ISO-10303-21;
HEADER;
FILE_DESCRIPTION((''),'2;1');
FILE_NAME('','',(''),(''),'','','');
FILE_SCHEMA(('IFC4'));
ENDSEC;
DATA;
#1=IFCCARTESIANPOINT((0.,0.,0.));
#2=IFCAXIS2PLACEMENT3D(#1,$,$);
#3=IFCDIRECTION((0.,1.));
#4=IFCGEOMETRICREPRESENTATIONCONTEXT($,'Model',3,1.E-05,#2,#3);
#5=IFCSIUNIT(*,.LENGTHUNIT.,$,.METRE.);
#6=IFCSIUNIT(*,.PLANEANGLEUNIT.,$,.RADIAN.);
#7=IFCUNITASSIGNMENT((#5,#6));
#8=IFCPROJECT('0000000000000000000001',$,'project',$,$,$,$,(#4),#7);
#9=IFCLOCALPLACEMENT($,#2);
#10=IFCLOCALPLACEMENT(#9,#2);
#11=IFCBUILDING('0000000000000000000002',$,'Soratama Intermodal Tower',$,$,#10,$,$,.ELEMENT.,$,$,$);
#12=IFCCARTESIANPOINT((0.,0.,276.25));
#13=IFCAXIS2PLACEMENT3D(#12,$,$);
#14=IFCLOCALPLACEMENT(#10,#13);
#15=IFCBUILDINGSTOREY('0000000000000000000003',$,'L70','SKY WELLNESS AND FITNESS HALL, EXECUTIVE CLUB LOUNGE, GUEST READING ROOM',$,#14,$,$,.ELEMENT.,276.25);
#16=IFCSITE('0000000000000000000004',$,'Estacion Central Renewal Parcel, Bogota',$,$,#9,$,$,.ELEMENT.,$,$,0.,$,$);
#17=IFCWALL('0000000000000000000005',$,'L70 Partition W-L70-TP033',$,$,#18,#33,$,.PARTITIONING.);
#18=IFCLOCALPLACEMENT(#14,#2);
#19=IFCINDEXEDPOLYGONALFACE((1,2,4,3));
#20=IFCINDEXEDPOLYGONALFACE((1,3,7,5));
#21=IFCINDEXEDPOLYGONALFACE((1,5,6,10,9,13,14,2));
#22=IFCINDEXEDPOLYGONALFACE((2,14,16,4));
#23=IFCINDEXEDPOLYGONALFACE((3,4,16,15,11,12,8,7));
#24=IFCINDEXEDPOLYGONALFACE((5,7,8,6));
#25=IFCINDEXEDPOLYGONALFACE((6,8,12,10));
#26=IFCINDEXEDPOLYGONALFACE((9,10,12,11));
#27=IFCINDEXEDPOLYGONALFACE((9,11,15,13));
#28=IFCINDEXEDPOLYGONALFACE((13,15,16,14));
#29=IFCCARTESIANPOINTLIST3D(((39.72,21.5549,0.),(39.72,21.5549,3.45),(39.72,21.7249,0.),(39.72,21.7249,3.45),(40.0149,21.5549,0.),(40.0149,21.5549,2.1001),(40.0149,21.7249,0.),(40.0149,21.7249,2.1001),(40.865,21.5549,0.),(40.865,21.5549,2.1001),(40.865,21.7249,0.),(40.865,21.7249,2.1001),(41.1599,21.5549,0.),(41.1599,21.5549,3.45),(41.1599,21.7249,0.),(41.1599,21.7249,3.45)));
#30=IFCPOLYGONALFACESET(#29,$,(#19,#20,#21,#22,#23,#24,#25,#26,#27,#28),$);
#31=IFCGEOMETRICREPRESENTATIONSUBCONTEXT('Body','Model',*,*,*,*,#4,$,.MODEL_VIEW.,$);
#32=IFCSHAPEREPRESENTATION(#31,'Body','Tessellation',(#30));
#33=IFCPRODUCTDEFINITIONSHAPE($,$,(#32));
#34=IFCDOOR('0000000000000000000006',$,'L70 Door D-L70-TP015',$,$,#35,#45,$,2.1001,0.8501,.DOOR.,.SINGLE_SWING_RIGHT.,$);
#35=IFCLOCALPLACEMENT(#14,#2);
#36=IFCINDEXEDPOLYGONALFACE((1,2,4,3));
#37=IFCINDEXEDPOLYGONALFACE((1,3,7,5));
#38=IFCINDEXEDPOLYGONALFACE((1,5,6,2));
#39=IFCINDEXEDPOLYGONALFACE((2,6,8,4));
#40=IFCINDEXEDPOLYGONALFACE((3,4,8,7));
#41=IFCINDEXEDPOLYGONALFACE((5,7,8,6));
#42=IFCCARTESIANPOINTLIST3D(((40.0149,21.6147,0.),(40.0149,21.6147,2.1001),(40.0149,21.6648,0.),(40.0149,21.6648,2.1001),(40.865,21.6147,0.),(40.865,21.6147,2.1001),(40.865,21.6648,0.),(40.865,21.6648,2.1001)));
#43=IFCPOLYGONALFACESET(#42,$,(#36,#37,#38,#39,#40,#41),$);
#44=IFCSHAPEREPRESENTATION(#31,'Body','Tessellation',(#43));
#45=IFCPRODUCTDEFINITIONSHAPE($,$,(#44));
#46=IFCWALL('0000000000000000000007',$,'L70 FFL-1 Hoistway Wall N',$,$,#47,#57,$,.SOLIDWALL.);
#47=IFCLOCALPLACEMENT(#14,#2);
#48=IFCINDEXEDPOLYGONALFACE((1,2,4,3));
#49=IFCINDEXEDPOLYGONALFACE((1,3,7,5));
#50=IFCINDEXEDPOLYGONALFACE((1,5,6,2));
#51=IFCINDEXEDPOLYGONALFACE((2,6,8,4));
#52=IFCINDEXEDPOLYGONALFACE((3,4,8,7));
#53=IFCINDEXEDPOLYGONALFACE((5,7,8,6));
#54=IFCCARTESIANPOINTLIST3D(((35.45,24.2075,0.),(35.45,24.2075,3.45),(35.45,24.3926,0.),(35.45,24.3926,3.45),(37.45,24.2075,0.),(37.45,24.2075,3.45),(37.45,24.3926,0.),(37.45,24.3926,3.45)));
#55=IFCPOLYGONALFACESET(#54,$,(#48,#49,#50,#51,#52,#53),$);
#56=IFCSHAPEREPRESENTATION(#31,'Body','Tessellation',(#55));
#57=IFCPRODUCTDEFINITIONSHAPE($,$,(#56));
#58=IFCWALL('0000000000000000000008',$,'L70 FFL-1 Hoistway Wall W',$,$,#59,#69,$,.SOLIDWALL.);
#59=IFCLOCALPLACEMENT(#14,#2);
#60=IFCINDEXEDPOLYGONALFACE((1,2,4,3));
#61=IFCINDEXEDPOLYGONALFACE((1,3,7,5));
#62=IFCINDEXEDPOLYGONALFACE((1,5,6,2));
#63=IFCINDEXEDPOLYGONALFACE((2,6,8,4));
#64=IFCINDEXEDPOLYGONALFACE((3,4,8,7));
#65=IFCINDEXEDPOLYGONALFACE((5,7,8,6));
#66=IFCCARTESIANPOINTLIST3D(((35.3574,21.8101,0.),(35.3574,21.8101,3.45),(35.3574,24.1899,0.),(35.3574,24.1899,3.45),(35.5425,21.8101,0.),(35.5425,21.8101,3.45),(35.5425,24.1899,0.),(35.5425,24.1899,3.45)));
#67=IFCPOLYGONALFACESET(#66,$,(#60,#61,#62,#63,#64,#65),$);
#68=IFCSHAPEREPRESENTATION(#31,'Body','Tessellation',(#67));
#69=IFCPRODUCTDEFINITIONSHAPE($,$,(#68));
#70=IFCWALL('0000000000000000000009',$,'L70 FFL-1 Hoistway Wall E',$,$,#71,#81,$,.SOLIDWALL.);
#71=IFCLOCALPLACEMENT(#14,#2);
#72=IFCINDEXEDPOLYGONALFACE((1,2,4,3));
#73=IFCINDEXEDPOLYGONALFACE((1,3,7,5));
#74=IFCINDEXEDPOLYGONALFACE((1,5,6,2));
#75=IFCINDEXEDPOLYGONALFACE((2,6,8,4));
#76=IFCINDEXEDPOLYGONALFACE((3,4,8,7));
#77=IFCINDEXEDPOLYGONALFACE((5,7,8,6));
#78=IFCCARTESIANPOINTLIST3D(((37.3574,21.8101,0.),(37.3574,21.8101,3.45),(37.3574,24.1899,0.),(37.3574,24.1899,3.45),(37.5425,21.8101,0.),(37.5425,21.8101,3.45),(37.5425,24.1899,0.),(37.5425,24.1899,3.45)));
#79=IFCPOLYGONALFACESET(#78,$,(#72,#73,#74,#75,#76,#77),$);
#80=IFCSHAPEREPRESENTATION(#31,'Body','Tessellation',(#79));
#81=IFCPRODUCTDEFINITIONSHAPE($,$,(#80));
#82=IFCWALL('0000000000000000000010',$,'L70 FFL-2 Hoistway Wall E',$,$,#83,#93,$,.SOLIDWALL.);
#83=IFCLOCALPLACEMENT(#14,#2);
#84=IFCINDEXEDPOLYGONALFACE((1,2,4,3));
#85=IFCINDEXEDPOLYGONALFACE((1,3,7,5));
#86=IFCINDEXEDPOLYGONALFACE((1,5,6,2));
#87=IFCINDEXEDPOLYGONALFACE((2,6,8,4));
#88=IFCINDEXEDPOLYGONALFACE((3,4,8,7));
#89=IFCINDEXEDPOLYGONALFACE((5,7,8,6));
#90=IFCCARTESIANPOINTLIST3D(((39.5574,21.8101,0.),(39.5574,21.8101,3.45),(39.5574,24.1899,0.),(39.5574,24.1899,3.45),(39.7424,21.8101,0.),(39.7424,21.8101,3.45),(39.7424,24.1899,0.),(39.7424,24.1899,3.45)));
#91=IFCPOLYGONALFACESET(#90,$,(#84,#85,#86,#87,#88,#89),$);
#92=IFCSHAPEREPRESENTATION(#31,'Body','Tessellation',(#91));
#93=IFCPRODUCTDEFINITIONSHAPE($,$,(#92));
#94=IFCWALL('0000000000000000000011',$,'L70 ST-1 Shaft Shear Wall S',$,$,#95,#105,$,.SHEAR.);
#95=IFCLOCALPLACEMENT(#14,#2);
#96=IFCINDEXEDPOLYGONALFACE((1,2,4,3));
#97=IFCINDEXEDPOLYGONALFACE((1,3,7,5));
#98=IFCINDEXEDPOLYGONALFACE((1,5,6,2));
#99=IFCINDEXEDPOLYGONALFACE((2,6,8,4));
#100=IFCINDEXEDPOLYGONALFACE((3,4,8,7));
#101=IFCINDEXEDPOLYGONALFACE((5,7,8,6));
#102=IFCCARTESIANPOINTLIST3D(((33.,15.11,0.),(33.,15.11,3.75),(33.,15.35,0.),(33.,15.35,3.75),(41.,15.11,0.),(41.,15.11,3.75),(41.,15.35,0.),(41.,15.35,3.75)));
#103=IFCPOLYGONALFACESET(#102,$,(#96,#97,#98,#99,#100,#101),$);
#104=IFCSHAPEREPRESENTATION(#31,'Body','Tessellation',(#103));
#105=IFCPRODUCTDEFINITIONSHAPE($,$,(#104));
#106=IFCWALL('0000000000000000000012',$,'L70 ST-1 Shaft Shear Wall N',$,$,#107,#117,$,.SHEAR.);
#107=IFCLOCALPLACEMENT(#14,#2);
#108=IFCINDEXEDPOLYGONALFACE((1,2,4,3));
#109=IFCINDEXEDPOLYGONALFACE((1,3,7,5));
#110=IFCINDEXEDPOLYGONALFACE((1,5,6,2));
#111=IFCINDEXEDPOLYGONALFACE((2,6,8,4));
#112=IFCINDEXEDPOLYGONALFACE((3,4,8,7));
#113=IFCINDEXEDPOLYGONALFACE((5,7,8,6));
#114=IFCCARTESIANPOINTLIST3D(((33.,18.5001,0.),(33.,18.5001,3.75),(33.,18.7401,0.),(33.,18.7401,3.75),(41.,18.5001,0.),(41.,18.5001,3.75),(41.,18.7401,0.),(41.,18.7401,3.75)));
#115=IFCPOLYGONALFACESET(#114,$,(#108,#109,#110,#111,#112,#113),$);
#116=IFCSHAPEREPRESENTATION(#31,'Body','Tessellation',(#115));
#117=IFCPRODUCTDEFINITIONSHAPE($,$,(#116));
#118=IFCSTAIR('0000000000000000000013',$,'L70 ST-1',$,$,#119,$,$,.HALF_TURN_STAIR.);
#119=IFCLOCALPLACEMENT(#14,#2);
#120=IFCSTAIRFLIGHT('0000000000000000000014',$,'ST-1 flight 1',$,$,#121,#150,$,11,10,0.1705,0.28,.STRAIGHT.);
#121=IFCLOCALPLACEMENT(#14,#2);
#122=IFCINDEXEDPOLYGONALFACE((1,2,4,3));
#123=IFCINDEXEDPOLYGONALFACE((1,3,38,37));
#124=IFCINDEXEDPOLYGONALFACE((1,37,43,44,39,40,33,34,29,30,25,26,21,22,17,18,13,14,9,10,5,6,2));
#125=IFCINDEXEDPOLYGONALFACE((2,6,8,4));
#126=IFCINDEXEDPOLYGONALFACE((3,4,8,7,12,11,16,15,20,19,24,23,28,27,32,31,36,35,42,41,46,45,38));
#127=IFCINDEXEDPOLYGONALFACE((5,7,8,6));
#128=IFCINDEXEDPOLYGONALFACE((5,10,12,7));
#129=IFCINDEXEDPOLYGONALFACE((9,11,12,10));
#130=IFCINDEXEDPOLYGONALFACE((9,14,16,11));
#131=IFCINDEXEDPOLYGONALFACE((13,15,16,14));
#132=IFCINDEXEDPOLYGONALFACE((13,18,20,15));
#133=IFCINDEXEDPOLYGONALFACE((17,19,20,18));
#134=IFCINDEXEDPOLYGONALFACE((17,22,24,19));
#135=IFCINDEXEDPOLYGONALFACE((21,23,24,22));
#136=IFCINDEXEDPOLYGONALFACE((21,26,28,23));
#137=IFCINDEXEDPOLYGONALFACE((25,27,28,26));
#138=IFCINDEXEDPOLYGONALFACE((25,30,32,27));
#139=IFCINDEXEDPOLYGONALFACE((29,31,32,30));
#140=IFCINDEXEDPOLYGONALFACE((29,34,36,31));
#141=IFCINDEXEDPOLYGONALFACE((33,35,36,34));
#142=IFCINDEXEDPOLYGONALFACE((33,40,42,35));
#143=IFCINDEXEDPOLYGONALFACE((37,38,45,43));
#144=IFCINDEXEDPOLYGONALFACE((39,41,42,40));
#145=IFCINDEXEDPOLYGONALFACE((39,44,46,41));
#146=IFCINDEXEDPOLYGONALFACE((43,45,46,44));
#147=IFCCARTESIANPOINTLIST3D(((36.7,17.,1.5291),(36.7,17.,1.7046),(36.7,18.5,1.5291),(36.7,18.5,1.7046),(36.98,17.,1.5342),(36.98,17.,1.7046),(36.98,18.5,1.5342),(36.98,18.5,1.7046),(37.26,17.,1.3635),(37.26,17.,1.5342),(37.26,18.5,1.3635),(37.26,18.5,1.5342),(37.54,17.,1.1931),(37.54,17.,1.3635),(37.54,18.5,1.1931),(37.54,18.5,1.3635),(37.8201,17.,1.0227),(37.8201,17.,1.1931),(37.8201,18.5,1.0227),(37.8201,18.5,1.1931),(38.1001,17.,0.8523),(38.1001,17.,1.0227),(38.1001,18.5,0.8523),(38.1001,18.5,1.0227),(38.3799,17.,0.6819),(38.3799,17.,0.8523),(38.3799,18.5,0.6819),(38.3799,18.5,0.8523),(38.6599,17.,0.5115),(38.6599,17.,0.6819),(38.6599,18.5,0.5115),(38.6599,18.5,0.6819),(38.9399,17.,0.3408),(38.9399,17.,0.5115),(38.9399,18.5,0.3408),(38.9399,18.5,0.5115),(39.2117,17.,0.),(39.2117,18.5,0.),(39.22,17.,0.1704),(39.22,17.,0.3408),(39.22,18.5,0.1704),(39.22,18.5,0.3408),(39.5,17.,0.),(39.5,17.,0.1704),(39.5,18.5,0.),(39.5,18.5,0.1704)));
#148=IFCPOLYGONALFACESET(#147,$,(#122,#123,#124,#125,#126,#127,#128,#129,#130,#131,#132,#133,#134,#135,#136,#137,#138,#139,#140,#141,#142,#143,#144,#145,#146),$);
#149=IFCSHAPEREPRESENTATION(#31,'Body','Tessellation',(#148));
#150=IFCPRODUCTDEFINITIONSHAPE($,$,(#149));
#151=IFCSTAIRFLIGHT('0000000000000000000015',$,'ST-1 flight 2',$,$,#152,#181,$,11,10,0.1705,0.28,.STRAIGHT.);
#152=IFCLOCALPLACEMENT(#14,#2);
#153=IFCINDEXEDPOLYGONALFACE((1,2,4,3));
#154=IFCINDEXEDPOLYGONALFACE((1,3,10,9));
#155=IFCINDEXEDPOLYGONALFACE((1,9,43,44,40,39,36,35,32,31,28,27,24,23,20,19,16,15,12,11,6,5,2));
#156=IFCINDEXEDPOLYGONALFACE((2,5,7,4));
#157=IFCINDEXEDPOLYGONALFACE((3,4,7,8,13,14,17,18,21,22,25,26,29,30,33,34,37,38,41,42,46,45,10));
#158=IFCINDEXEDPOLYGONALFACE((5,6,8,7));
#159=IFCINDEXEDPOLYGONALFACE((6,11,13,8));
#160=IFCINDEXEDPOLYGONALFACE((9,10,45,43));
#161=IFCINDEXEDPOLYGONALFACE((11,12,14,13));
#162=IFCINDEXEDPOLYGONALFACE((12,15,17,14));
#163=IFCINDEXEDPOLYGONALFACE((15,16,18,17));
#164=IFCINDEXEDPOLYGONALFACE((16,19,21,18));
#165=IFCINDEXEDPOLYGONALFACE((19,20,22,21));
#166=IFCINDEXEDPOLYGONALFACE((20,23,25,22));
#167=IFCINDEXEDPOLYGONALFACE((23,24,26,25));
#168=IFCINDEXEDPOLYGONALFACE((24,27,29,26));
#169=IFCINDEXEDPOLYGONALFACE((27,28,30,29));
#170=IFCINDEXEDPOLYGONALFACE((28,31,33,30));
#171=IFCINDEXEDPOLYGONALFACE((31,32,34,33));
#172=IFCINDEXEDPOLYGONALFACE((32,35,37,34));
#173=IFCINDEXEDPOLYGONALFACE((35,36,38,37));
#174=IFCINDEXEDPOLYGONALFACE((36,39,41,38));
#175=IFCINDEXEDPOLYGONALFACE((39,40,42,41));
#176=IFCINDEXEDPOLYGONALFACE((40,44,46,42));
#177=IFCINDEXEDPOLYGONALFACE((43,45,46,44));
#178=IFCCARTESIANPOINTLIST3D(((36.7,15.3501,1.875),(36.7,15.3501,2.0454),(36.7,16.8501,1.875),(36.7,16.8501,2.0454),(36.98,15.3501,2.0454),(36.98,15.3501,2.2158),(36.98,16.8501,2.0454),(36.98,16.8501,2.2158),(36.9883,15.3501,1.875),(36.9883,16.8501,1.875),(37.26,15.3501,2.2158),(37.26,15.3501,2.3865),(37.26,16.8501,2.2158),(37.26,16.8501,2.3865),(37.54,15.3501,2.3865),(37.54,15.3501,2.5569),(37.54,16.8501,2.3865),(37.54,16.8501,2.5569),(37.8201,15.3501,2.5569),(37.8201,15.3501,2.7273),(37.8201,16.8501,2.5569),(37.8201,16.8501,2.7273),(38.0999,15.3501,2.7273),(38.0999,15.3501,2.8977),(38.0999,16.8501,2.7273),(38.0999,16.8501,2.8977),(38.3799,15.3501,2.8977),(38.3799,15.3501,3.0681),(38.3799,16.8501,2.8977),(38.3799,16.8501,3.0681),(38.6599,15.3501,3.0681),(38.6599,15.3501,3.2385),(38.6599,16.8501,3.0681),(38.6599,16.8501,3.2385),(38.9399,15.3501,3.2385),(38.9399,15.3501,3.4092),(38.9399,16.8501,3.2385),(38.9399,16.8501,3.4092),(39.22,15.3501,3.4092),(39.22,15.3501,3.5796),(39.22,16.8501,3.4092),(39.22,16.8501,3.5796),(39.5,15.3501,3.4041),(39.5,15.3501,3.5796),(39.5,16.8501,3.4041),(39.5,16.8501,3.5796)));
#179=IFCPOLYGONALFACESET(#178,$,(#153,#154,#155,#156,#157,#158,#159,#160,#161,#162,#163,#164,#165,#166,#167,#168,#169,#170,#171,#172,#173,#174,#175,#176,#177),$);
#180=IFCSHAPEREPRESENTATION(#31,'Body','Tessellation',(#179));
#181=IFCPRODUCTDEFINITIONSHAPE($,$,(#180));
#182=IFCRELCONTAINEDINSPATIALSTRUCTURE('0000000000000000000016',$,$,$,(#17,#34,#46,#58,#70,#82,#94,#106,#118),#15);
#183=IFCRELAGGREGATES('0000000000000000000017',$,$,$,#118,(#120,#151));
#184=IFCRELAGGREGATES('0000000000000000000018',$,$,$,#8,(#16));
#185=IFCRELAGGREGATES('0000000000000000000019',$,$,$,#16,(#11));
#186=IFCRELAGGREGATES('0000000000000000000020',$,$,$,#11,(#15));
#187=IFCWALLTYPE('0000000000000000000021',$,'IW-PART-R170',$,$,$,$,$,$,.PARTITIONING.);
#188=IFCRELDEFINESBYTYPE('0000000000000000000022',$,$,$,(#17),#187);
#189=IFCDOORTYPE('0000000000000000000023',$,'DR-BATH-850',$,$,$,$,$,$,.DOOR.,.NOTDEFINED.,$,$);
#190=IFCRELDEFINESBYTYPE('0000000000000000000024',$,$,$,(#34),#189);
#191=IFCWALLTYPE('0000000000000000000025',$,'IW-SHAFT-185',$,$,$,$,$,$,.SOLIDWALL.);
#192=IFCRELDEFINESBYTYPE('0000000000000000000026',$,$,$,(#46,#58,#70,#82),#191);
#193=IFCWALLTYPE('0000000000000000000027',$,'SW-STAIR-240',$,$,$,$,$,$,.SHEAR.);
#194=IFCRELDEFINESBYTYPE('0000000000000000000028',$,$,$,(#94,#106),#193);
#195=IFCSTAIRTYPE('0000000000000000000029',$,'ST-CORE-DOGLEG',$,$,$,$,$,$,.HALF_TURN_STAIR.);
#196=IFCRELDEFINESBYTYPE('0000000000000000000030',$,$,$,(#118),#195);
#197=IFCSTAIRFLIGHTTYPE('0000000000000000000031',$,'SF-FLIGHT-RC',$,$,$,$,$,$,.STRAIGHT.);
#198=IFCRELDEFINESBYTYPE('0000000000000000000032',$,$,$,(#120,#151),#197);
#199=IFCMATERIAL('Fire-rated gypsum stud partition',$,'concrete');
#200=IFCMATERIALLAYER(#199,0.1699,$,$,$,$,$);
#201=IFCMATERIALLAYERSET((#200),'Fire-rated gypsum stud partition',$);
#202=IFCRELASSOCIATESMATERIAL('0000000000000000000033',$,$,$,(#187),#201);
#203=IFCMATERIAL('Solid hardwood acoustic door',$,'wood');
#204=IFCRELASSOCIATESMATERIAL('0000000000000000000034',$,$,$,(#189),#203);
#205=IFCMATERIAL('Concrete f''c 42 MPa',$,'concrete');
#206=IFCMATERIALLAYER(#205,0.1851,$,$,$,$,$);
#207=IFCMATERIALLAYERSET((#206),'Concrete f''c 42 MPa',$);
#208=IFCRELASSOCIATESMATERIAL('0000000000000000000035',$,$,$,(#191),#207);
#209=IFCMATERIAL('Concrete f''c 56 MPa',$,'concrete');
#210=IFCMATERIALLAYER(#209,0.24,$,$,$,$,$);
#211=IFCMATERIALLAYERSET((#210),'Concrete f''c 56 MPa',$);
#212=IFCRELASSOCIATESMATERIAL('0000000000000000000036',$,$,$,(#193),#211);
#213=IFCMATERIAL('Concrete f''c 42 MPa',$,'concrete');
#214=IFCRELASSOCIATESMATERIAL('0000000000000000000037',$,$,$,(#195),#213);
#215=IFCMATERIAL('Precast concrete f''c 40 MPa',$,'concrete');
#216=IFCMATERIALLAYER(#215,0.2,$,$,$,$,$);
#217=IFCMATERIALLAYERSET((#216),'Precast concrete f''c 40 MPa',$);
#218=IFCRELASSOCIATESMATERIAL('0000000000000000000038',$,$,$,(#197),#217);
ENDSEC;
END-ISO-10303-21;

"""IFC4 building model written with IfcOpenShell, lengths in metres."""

from ifc_helpers import new_model, si_unit, direction, frame, frame_2d, origin, place, context, subcontext, project, spatial, polyline, rectangle, outline, extrude, material, layer, layer_set, type_object, element, fill, aggregate, save


model = new_model("IFC4")

# Units and contexts
model_context = context("Model", 3, precision=1e-05, world=origin(), true_north=direction((0.0, 1.0)))
body_context = subcontext(model_context, "Body", "Model", "MODEL_VIEW")
ifc_project = project(units=[si_unit("LENGTHUNIT", "METRE"), si_unit("PLANEANGLEUNIT", "RADIAN")], contexts=[model_context])

# Site, building, storey
site_placement = place(None, origin())
site = spatial("IfcSite", under=ifc_project, at=site_placement, Name="Estacion Central Renewal Parcel, Bogota", CompositionType="ELEMENT", RefElevation=0.0)
building_placement = place(site_placement, origin())
building = spatial("IfcBuilding", under=site, at=building_placement, Name="Soratama Intermodal Tower", CompositionType="ELEMENT")
storey_placement = place(building_placement, frame((0.0, 0.0, 276.25)))
storey = spatial("IfcBuildingStorey", under=building, at=storey_placement, Name="L70", Description="SKY WELLNESS AND FITNESS HALL, EXECUTIVE CLUB LOUNGE, GUEST READING ROOM", CompositionType="ELEMENT", Elevation=276.25)

# Wall, opening, door
ifc_material_1 = material(Name="Fire-rated gypsum stud partition", Category="concrete")
ifc_layer_1 = layer(ifc_material_1, 0.1699)
ifc_layer_set_1 = layer_set([ifc_layer_1], Name="Fire-rated gypsum stud partition")
wall_type_1 = type_object("IfcWallType", Name="IW-PART-R170", PredefinedType="PARTITIONING", material=ifc_layer_set_1)
wall_1_placement = place(storey_placement, frame((39.72, 21.6399, 0.0), z_axis=(0.0, 0.0, 1.0), x_axis=(1.0, 0.0, 0.0)))
wall_1 = element("IfcWall", 1, at=wall_1_placement, inside=storey, type_object=wall_type_1, Name="L70 Partition W-L70-TP033", PredefinedType="PARTITIONING", context=body_context, shape_type="SweptSolid", body=[
    extrude(rectangle(XDim=1.4399, YDim=0.1699, at=frame_2d((0.72, 0.0))), origin(), (0.0, 0.0, 1.0), 3.45),
])
opening_1_placement = place(wall_1_placement, frame((0.2949, 0.0, 0.0)))
opening_1 = element("IfcOpeningElement", 2, at=opening_1_placement, cuts=wall_1, PredefinedType="OPENING", context=body_context, shape_type="SweptSolid", body=[
    extrude(rectangle(XDim=0.8501, YDim=2.1001, at=frame_2d((0.425, 1.05))), frame((0.0, 0.095, 0.0), z_axis=(0.0, -1.0, 0.0), x_axis=(1.0, 0.0, 0.0)), (0.0, 0.0, 1.0), 0.1899),
])
ifc_material_2 = material(Name="Solid hardwood acoustic door", Category="wood")
door_type_1 = type_object("IfcDoorType", Name="DR-BATH-850", OperationType="NOTDEFINED", PredefinedType="DOOR", material=ifc_material_2)
door_1_placement = place(opening_1_placement, origin())
door_1 = element("IfcDoor", 3, at=door_1_placement, inside=storey, type_object=door_type_1, Name="L70 Door D-L70-TP015", OperationType="SINGLE_SWING_RIGHT", OverallHeight=2.1001, OverallWidth=0.8501, PredefinedType="DOOR", context=body_context, shape_type="SweptSolid", body=[
    extrude(rectangle(XDim=0.8501, YDim=2.1001, at=frame_2d((0.425, 1.05))), frame((0.0, 0.0249, 0.0), z_axis=(0.0, -1.0, 0.0), x_axis=(1.0, 0.0, 0.0)), (0.0, 0.0, 1.0), 0.05),
])
fill(opening_1, door_1)
ifc_material_3 = material(Name="Concrete f'c 42 MPa", Category="concrete")
ifc_layer_2 = layer(ifc_material_3, 0.1851)
ifc_layer_set_2 = layer_set([ifc_layer_2], Name="Concrete f'c 42 MPa")
wall_type_2 = type_object("IfcWallType", Name="IW-SHAFT-185", PredefinedType="SOLIDWALL", material=ifc_layer_set_2)

# Walls
wall_2_placement = place(storey_placement, frame((35.45, 24.3, 0.0), z_axis=(0.0, 0.0, 1.0), x_axis=(1.0, 0.0, 0.0)))
element("IfcWall", 4, at=wall_2_placement, inside=storey, type_object=wall_type_2, Name="L70 FFL-1 Hoistway Wall N", PredefinedType="SOLIDWALL", context=body_context, shape_type="SweptSolid", body=[
    extrude(rectangle(XDim=2.0, YDim=0.1851, at=frame_2d((1.0, 0.0))), origin(), (0.0, 0.0, 1.0), 3.45),
])
for number, where, z_axis, x_axis, name in (
    (5, (35.45, 21.8101, 0.0), (0.0, 0.0, 1.0), (0.0, 1.0, 0.0), "L70 FFL-1 Hoistway Wall W"),
    (6, (37.45, 21.8101, 0.0), (0.0, 0.0, 1.0), (0.0, 1.0, 0.0), "L70 FFL-1 Hoistway Wall E"),
):
    element("IfcWall", number, at=place(storey_placement, frame(where, z_axis=z_axis, x_axis=x_axis)), inside=storey, type_object=wall_type_2, Name=name, PredefinedType="SOLIDWALL", context=body_context, shape_type="SweptSolid", body=[
        extrude(rectangle(XDim=2.3799, YDim=0.1851, at=frame_2d((1.1899, 0.0))), origin(), (0.0, 0.0, 1.0), 3.45),
    ])

# Wall
wall_3_placement = place(storey_placement, frame((39.6499, 21.8101, 0.0), z_axis=(0.0, 0.0, 1.0), x_axis=(0.0, 1.0, 0.0)))
element("IfcWall", 7, at=wall_3_placement, inside=storey, type_object=wall_type_2, Name="L70 FFL-2 Hoistway Wall E", PredefinedType="SOLIDWALL", context=body_context, shape_type="SweptSolid", body=[
    extrude(rectangle(XDim=2.3799, YDim=0.1851, at=frame_2d((1.1899, 0.0))), origin(), (0.0, 0.0, 1.0), 3.45),
])

# Walls
ifc_material_4 = material(Name="Concrete f'c 56 MPa", Category="concrete")
ifc_layer_3 = layer(ifc_material_4, 0.24)
ifc_layer_set_3 = layer_set([ifc_layer_3], Name="Concrete f'c 56 MPa")
wall_type_3 = type_object("IfcWallType", Name="SW-STAIR-240", PredefinedType="SHEAR", material=ifc_layer_set_3)
for number, where, z_axis, x_axis, name in (
    (8, (33.0, 15.23, 0.0), (0.0, 0.0, 1.0), (1.0, 0.0, 0.0), "L70 ST-1 Shaft Shear Wall S"),
    (9, (33.0, 18.6201, 0.0), (0.0, 0.0, 1.0), (1.0, 0.0, 0.0), "L70 ST-1 Shaft Shear Wall N"),
):
    element("IfcWall", number, at=place(storey_placement, frame(where, z_axis=z_axis, x_axis=x_axis)), inside=storey, type_object=wall_type_3, Name=name, PredefinedType="SHEAR", context=body_context, shape_type="SweptSolid", body=[
        extrude(rectangle(XDim=8.0, YDim=0.24, at=frame_2d((4.0, 0.0))), origin(), (0.0, 0.0, 1.0), 3.75),
    ])

# Stair, stair flights
ifc_material_5 = material(Name="Concrete f'c 42 MPa", Category="concrete")
stair_type = type_object("IfcStairType", Name="ST-CORE-DOGLEG", PredefinedType="HALF_TURN_STAIR", material=ifc_material_5)
stair_placement = place(storey_placement, origin())
stair = element("IfcStair", 10, at=stair_placement, inside=storey, type_object=stair_type, Name="L70 ST-1", PredefinedType="HALF_TURN_STAIR")
ifc_material_6 = material(Name="Precast concrete f'c 40 MPa", Category="concrete")
ifc_layer_4 = layer(ifc_material_6, 0.2)
ifc_layer_set_4 = layer_set([ifc_layer_4], Name="Precast concrete f'c 40 MPa")
stair_flight_type = type_object("IfcStairFlightType", Name="SF-FLIGHT-RC", PredefinedType="STRAIGHT", material=ifc_layer_set_4)
stair_flight_1_placement = place(storey_placement, frame((39.5, 17.75, 0.0), z_axis=(0.0, 0.0, 1.0), x_axis=(-1.0, 0.0, 0.0)))
stair_flight_1 = element("IfcStairFlight", 11, at=stair_flight_1_placement, type_object=stair_flight_type, Name="ST-1 flight 1", NumberOfRisers=11, NumberOfTreads=10, PredefinedType="STRAIGHT", RiserHeight=0.1705, TreadLength=0.28, context=body_context, shape_type="SweptSolid", body=[
    extrude(outline(polyline([(0.0, 0.0), (0.0, 0.1704), (0.28, 0.1704), (0.28, 0.3408), (0.5601, 0.3408), (0.5601, 0.5115), (0.8401, 0.5115), (0.8401, 0.6819), (1.1201, 0.6819), (1.1201, 0.8523), (1.3999, 0.8523), (1.3999, 1.0227), (1.6799, 1.0227), (1.6799, 1.1931), (1.96, 1.1931), (1.96, 1.3635), (2.24, 1.3635), (2.24, 1.5342), (2.52, 1.5342), (2.52, 1.7046), (2.8, 1.7046), (2.8, 1.875), (2.8, 1.5291), (0.2883, 0.0), (0.0, 0.0)])), frame((0.0, 0.75, 0.0), z_axis=(0.0, -1.0, 0.0), x_axis=(1.0, 0.0, 0.0)), (0.0, 0.0, 1.0), 1.5),
])
stair_flight_2_placement = place(storey_placement, frame((36.7, 16.1001, 1.875), z_axis=(0.0, 0.0, 1.0), x_axis=(1.0, 0.0, 0.0)))
stair_flight_2 = element("IfcStairFlight", 12, at=stair_flight_2_placement, type_object=stair_flight_type, Name="ST-1 flight 2", NumberOfRisers=11, NumberOfTreads=10, PredefinedType="STRAIGHT", RiserHeight=0.1705, TreadLength=0.28, context=body_context, shape_type="SweptSolid", body=[
    extrude(outline(polyline([(0.0, 0.0), (0.0, 0.1704), (0.28, 0.1704), (0.28, 0.3408), (0.5601, 0.3408), (0.5601, 0.5115), (0.8401, 0.5115), (0.8401, 0.6819), (1.1201, 0.6819), (1.1201, 0.8523), (1.3999, 0.8523), (1.3999, 1.0227), (1.6799, 1.0227), (1.6799, 1.1931), (1.96, 1.1931), (1.96, 1.3635), (2.24, 1.3635), (2.24, 1.5342), (2.52, 1.5342), (2.52, 1.7046), (2.8, 1.7046), (2.8, 1.875), (2.8, 1.5291), (0.2883, 0.0), (0.0, 0.0)])), frame((0.0, 0.75, 0.0), z_axis=(0.0, -1.0, 0.0), x_axis=(1.0, 0.0, 0.0)), (0.0, 0.0, 1.0), 1.5),
])
aggregate(stair, [stair_flight_1, stair_flight_2])

save(model, "model.ifc")
